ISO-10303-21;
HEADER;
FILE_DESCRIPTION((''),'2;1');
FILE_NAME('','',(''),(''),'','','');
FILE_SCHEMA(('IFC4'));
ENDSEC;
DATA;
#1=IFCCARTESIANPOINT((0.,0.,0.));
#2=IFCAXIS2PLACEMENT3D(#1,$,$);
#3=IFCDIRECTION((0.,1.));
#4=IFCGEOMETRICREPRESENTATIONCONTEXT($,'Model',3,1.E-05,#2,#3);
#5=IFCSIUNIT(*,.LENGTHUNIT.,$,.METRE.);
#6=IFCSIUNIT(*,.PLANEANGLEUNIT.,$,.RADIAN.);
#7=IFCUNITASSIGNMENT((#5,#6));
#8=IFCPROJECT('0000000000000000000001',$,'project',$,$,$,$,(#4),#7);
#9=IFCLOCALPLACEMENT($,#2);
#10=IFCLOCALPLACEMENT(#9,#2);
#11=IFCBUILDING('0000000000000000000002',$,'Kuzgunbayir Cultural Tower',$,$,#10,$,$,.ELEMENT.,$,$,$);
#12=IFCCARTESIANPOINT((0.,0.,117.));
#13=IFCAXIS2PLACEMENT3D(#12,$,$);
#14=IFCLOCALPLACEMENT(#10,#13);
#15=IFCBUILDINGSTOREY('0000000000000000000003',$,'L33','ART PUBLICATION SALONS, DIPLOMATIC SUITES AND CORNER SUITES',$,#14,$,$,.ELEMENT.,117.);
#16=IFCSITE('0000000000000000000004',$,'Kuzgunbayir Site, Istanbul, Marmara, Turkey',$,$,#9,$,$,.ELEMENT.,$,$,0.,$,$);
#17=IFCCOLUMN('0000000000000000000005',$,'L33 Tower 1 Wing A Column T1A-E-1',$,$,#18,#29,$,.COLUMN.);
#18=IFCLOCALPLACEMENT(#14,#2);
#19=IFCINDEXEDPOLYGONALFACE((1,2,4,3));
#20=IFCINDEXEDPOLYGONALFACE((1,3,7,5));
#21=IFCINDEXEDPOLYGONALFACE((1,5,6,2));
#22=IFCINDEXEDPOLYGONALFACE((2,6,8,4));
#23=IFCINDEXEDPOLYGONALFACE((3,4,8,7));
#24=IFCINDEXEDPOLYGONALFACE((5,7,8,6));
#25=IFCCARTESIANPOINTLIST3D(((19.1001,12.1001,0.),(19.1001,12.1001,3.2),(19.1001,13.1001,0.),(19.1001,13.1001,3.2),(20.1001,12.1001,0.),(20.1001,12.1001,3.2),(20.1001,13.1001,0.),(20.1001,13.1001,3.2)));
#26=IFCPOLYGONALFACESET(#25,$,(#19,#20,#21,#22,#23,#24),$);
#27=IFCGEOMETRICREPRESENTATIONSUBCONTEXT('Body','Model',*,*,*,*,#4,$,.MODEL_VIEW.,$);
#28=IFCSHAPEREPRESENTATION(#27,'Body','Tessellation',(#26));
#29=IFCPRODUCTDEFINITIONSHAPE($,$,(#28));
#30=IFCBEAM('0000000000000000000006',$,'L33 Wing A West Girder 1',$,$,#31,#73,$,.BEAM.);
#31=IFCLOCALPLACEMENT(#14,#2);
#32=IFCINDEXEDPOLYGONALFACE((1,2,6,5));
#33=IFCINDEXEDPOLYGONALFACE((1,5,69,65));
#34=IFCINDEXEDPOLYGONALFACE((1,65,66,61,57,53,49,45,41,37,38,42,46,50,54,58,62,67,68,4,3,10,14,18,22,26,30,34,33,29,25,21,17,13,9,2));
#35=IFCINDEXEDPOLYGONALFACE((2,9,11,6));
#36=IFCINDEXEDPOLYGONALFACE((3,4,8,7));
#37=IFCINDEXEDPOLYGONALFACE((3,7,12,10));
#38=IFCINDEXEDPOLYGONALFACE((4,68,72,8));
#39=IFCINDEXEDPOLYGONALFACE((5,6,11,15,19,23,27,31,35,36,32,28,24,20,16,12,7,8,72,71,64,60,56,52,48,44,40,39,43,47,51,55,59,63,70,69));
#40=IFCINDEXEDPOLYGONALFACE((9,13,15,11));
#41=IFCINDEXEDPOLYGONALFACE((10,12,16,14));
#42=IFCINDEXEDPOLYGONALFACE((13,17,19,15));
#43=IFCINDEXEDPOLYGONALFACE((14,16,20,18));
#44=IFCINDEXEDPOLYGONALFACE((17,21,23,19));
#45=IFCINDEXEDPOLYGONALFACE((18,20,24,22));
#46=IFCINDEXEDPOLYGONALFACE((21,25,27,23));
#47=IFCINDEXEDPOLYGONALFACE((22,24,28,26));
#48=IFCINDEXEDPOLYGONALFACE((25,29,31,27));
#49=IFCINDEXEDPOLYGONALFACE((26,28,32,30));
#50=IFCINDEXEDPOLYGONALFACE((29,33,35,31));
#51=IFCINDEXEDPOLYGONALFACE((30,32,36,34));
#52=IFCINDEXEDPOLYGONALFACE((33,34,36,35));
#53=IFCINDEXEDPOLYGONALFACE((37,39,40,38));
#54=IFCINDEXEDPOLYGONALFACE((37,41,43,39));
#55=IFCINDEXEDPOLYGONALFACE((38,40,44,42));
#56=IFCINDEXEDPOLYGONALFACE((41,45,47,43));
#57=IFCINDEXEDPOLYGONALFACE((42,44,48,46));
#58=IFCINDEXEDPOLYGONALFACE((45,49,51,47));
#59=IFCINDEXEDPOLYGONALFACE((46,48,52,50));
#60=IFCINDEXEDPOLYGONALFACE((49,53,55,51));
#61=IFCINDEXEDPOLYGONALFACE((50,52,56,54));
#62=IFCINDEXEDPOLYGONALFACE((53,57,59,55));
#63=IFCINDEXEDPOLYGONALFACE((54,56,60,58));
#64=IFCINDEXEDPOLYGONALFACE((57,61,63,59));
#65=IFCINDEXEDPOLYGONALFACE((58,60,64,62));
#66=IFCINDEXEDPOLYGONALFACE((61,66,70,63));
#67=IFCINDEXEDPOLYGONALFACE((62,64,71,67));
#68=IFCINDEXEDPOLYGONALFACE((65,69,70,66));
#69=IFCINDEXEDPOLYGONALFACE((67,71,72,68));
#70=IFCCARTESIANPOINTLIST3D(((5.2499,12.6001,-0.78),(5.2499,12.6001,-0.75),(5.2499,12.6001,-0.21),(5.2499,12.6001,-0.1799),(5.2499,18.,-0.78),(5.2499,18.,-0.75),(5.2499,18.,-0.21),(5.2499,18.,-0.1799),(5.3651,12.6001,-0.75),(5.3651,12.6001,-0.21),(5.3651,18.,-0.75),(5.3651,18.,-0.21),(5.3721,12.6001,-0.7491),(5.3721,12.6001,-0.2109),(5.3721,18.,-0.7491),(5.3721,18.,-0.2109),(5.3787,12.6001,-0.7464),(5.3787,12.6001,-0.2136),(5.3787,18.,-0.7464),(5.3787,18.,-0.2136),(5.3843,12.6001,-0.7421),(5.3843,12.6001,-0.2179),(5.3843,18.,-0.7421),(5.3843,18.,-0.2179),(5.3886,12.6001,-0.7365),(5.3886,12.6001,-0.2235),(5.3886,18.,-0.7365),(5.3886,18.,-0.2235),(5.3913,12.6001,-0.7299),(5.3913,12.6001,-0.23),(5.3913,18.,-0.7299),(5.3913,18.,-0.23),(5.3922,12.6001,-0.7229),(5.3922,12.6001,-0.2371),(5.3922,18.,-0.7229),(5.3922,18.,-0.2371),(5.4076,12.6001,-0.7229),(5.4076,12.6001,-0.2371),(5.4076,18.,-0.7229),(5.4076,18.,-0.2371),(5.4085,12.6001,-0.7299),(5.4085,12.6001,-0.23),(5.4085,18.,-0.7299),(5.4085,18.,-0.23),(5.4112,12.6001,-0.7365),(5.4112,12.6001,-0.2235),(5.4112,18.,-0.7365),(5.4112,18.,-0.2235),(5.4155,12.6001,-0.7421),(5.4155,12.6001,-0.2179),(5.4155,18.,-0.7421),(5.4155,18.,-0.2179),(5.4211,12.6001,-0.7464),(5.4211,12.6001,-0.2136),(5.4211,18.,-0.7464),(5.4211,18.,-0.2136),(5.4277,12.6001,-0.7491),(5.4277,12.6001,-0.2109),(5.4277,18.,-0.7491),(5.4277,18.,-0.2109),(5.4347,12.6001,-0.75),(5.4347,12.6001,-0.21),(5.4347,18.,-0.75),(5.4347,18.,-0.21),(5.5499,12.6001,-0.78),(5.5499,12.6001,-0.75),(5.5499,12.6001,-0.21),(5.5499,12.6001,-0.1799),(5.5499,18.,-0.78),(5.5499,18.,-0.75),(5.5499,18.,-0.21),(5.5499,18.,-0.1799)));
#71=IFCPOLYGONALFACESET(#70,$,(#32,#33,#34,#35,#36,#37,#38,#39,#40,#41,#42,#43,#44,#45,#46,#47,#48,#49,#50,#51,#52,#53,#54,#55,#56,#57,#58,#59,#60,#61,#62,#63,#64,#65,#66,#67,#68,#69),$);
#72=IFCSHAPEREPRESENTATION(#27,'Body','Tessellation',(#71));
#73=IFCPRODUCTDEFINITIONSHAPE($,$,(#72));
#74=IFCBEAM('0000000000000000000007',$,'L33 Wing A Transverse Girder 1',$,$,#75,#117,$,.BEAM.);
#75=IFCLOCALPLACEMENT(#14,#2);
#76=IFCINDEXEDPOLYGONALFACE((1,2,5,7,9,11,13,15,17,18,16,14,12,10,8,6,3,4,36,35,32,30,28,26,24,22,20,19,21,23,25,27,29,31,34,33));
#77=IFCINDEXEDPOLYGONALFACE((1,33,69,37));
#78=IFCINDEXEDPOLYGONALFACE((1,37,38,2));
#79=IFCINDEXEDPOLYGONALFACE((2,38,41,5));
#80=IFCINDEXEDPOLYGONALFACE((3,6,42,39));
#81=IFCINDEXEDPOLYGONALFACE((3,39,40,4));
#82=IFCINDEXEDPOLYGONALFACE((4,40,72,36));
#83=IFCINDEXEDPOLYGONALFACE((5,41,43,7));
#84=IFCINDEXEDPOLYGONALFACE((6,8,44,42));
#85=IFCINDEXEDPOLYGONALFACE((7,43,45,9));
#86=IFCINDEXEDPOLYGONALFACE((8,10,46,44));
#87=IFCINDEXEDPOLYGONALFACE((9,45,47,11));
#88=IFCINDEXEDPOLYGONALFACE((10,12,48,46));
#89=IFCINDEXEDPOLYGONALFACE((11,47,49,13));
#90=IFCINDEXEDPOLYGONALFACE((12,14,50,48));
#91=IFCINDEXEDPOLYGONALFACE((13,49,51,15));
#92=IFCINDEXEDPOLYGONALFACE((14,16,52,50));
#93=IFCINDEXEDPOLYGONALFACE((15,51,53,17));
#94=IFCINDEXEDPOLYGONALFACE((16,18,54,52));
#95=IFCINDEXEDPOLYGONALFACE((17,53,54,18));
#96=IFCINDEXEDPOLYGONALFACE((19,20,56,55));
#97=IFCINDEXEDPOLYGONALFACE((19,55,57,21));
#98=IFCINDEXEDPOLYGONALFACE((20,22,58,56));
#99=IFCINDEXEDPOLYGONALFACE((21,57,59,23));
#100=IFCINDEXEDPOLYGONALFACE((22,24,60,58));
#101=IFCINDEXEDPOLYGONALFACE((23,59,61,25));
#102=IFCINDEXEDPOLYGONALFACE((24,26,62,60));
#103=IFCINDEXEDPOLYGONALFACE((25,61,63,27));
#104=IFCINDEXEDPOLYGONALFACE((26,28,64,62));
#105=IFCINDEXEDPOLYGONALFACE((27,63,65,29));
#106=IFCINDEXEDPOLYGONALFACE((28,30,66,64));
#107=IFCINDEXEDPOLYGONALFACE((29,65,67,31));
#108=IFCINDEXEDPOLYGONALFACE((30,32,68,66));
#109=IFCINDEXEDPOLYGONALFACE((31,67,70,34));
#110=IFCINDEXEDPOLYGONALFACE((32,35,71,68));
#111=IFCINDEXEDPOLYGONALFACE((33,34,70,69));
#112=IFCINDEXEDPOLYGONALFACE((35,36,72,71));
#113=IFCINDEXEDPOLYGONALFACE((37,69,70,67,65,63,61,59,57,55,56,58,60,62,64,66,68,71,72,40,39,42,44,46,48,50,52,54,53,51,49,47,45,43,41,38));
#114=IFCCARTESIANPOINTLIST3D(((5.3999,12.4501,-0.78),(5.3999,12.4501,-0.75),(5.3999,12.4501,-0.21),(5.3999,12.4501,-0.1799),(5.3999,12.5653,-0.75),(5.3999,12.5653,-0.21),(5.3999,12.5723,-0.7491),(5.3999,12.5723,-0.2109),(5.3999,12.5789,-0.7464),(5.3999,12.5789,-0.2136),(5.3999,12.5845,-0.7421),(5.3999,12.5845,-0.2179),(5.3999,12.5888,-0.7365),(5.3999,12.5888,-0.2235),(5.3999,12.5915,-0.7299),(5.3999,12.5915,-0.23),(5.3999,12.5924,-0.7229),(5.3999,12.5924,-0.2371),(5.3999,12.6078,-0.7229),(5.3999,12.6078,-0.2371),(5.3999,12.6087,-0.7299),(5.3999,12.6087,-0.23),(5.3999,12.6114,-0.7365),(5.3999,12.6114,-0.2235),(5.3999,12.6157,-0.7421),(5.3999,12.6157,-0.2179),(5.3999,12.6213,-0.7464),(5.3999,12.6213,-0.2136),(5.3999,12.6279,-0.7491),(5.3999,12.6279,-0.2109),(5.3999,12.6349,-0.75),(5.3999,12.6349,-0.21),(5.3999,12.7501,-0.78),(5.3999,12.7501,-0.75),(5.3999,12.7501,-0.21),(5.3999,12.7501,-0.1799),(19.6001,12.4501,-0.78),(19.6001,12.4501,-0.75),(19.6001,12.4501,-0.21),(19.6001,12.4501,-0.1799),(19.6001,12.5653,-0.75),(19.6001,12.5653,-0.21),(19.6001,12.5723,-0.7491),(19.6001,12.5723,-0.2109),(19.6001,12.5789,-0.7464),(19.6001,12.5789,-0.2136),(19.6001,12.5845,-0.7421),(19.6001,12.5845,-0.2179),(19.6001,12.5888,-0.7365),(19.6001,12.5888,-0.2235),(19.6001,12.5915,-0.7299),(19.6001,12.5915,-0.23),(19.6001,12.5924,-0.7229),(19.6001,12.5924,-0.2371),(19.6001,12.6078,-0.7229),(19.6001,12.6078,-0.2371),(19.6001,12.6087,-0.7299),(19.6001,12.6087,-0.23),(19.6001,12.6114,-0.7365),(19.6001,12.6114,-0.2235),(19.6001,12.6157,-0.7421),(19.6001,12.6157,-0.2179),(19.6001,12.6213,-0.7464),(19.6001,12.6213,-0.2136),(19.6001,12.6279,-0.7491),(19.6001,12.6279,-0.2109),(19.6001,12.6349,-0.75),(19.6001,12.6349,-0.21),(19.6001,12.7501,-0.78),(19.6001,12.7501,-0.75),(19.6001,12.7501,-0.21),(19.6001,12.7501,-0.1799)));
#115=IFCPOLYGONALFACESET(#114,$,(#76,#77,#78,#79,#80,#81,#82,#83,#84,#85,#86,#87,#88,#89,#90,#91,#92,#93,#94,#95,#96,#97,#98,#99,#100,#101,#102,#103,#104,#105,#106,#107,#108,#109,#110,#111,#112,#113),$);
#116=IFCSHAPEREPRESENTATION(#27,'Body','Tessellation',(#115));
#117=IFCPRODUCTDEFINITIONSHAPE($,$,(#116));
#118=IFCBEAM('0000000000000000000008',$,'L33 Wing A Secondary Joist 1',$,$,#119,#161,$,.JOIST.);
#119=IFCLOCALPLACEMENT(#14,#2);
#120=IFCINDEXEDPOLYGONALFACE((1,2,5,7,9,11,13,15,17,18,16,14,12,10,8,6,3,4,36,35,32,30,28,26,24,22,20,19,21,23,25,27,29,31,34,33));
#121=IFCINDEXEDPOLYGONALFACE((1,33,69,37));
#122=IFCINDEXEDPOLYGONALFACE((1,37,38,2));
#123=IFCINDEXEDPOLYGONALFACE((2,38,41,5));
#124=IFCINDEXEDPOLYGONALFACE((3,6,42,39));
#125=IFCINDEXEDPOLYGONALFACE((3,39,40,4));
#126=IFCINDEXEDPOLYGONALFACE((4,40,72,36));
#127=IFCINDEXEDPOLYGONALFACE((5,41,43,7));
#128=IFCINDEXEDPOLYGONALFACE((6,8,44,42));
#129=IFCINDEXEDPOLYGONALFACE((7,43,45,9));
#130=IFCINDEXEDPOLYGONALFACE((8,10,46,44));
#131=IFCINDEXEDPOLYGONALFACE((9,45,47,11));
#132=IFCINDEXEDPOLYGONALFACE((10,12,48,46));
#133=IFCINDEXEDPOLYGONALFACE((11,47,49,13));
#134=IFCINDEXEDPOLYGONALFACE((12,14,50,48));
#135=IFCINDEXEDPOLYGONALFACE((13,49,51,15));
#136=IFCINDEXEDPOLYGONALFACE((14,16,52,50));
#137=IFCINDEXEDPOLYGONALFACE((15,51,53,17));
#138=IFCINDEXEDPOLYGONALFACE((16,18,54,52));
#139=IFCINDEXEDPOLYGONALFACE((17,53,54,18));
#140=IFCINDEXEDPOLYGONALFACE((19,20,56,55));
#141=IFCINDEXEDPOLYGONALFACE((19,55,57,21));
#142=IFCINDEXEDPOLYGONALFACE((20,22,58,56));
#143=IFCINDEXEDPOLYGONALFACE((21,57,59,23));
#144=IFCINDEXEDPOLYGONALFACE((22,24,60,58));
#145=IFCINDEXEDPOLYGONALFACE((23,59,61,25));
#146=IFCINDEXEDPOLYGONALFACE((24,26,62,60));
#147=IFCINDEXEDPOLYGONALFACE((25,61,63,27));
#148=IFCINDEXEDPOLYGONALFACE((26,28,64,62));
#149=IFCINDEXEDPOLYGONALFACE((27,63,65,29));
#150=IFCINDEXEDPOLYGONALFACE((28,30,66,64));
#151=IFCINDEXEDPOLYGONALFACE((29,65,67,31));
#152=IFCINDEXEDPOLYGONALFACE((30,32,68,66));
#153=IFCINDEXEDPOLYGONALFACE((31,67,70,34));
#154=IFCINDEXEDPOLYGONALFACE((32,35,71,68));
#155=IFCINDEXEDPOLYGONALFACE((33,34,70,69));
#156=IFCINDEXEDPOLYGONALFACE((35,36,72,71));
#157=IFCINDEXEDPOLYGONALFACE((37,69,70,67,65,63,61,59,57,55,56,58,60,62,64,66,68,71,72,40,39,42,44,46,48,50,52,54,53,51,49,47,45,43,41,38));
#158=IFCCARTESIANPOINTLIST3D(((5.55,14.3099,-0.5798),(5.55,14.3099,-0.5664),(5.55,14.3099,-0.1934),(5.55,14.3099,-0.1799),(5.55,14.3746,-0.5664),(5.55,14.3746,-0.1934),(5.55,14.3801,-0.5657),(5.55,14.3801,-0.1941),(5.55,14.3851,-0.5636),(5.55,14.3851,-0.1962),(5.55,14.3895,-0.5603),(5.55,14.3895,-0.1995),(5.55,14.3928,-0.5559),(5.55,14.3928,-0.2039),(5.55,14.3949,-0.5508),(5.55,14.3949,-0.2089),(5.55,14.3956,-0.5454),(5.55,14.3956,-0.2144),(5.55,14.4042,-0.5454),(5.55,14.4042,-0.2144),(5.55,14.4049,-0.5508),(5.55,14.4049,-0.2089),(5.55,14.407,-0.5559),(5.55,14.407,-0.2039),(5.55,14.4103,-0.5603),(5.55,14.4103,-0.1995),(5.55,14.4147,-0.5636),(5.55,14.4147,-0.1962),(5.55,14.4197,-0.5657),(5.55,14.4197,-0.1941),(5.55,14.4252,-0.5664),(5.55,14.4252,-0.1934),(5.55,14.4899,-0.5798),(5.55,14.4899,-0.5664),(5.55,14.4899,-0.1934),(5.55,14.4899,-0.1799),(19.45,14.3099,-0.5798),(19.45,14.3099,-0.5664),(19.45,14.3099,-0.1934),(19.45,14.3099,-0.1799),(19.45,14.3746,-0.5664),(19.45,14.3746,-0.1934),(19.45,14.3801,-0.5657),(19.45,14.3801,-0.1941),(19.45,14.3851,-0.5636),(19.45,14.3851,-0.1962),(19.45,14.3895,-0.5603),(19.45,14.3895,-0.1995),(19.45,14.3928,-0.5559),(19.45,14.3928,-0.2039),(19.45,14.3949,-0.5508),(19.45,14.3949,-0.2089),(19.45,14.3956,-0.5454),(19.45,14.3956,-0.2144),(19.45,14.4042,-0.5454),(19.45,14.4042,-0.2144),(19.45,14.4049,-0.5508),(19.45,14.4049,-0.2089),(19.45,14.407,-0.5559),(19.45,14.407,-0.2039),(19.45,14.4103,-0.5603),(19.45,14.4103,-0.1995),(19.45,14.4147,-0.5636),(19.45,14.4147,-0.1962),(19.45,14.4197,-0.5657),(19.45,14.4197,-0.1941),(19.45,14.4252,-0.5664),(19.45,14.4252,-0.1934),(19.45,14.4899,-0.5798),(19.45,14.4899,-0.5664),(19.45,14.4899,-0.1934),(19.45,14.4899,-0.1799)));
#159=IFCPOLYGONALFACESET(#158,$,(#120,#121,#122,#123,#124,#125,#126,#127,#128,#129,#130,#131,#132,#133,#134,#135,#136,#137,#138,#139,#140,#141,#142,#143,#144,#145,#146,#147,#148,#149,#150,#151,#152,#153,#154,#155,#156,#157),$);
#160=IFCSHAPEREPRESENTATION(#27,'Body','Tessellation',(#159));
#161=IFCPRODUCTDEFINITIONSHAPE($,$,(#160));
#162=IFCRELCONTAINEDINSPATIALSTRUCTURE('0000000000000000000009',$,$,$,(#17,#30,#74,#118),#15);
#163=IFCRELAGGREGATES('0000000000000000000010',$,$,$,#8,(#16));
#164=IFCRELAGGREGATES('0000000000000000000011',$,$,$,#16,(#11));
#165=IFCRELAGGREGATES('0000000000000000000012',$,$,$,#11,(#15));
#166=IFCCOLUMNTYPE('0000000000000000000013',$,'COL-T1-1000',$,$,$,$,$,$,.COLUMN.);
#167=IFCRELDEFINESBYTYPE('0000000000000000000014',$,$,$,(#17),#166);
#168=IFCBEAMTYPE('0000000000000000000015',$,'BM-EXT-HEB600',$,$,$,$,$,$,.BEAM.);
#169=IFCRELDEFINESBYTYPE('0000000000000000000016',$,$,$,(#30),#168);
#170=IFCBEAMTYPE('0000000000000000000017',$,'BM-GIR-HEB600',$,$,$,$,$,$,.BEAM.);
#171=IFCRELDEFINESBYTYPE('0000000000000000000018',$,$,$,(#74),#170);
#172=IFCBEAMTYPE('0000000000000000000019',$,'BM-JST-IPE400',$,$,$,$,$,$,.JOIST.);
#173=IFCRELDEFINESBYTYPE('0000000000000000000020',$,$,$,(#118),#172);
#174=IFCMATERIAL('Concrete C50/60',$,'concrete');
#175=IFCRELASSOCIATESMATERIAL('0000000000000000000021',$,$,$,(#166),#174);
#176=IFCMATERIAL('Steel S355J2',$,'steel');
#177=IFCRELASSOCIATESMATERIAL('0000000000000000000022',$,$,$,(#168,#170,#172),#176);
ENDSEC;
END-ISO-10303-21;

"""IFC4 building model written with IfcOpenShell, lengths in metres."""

from ifc_helpers import new_model, si_unit, direction, frame, origin, origin_2d, place, context, subcontext, project, spatial, rectangle, i_section, extrude, material, material_profile, profile_set, type_object, element, save


model = new_model("IFC4")

# Units and contexts
model_context = context("Model", 3, precision=1e-05, world=origin(), true_north=direction((0.0, 1.0)))
body_context = subcontext(model_context, "Body", "Model", "MODEL_VIEW")
ifc_project = project(units=[si_unit("LENGTHUNIT", "METRE"), si_unit("PLANEANGLEUNIT", "RADIAN")], contexts=[model_context])

# Site, building, storey
site_placement = place(None, origin())
site = spatial("IfcSite", under=ifc_project, at=site_placement, Name="Kuzgunbayir Site, Istanbul, Marmara, Turkey", CompositionType="ELEMENT", RefElevation=0.0)
building_placement = place(site_placement, origin())
building = spatial("IfcBuilding", under=site, at=building_placement, Name="Kuzgunbayir Cultural Tower", CompositionType="ELEMENT")
storey_placement = place(building_placement, frame((0.0, 0.0, 117.0)))
storey = spatial("IfcBuildingStorey", under=building, at=storey_placement, Name="L33", Description="ART PUBLICATION SALONS, DIPLOMATIC SUITES AND CORNER SUITES", CompositionType="ELEMENT", Elevation=117.0)

# Column
ifc_material_1 = material(Name="Concrete C50/60", Category="concrete")
ifc_material_profile_1 = material_profile(ifc_material_1, rectangle(XDim=1.0, YDim=1.0, at=origin_2d()), Name="RC 1000x1000")
ifc_profile_set_1 = profile_set([ifc_material_profile_1], Name="Concrete C50/60")
column_type = type_object("IfcColumnType", Name="COL-T1-1000", PredefinedType="COLUMN", material=ifc_profile_set_1)
column_placement = place(storey_placement, frame((19.6001, 12.6001, 0.0), z_axis=(0.0, 0.0, 1.0), x_axis=(1.0, 0.0, 0.0)))
element("IfcColumn", 1, at=column_placement, inside=storey, type_object=column_type, Name="L33 Tower 1 Wing A Column T1A-E-1", PredefinedType="COLUMN", context=body_context, shape_type="SweptSolid", body=[
    extrude(rectangle(XDim=1.0, YDim=1.0, at=origin_2d()), origin(), (0.0, 0.0, 1.0), 3.2),
])

# Beams
ifc_material_2 = material(Name="Steel S355J2", Category="steel")
ifc_material_profile_2 = material_profile(ifc_material_2, i_section(OverallWidth=0.3, OverallDepth=0.6001, WebThickness=0.0154, FlangeThickness=0.03, FilletRadius=0.0271, at=origin_2d()), Name="HEB 600")
ifc_profile_set_2 = profile_set([ifc_material_profile_2], Name="Steel S355J2")
beam_type_1 = type_object("IfcBeamType", Name="BM-EXT-HEB600", PredefinedType="BEAM", material=ifc_profile_set_2)
beam_1_placement = place(storey_placement, frame((5.3999, 12.6001, -0.48), z_axis=(0.0, 1.0, 0.0), x_axis=(-1.0, 0.0, 0.0)))
element("IfcBeam", 2, at=beam_1_placement, inside=storey, type_object=beam_type_1, Name="L33 Wing A West Girder 1", PredefinedType="BEAM", context=body_context, shape_type="SweptSolid", body=[
    extrude(i_section(OverallWidth=0.3, OverallDepth=0.6001, WebThickness=0.0154, FlangeThickness=0.03, FilletRadius=0.0271, at=origin_2d()), origin(), (0.0, 0.0, 1.0), 5.3999),
])
ifc_material_profile_3 = material_profile(ifc_material_2, i_section(OverallWidth=0.3, OverallDepth=0.6001, WebThickness=0.0154, FlangeThickness=0.03, FilletRadius=0.0271, at=origin_2d()), Name="HEB 600")
ifc_profile_set_3 = profile_set([ifc_material_profile_3], Name="Steel S355J2")
beam_type_2 = type_object("IfcBeamType", Name="BM-GIR-HEB600", PredefinedType="BEAM", material=ifc_profile_set_3)
beam_2_placement = place(storey_placement, frame((5.3999, 12.6001, -0.48), z_axis=(1.0, 0.0, 0.0), x_axis=(0.0, 1.0, 0.0)))
element("IfcBeam", 3, at=beam_2_placement, inside=storey, type_object=beam_type_2, Name="L33 Wing A Transverse Girder 1", PredefinedType="BEAM", context=body_context, shape_type="SweptSolid", body=[
    extrude(i_section(OverallWidth=0.3, OverallDepth=0.6001, WebThickness=0.0154, FlangeThickness=0.03, FilletRadius=0.0271, at=origin_2d()), origin(), (0.0, 0.0, 1.0), 14.2002),
])
ifc_material_profile_4 = material_profile(ifc_material_2, i_section(OverallWidth=0.1799, OverallDepth=0.3999, WebThickness=0.0085, FlangeThickness=0.0134, FilletRadius=0.021, at=origin_2d()), Name="IPE 400")
ifc_profile_set_4 = profile_set([ifc_material_profile_4], Name="Steel S355J2")
beam_type_3 = type_object("IfcBeamType", Name="BM-JST-IPE400", PredefinedType="JOIST", material=ifc_profile_set_4)
for number, where, z_axis, x_axis, name in (
    (4, (5.55, 14.3999, -0.3799), (1.0, 0.0, 0.0), (0.0, 1.0, 0.0), "L33 Wing A Secondary Joist 1"),
):
    element("IfcBeam", number, at=place(storey_placement, frame(where, z_axis=z_axis, x_axis=x_axis)), inside=storey, type_object=beam_type_3, Name=name, PredefinedType="JOIST", context=body_context, shape_type="SweptSolid", body=[
        extrude(i_section(OverallWidth=0.1799, OverallDepth=0.3999, WebThickness=0.0085, FlangeThickness=0.0134, FilletRadius=0.021, at=origin_2d()), origin(), (0.0, 0.0, 1.0), 13.8999),
    ])

save(model, "model.ifc")
